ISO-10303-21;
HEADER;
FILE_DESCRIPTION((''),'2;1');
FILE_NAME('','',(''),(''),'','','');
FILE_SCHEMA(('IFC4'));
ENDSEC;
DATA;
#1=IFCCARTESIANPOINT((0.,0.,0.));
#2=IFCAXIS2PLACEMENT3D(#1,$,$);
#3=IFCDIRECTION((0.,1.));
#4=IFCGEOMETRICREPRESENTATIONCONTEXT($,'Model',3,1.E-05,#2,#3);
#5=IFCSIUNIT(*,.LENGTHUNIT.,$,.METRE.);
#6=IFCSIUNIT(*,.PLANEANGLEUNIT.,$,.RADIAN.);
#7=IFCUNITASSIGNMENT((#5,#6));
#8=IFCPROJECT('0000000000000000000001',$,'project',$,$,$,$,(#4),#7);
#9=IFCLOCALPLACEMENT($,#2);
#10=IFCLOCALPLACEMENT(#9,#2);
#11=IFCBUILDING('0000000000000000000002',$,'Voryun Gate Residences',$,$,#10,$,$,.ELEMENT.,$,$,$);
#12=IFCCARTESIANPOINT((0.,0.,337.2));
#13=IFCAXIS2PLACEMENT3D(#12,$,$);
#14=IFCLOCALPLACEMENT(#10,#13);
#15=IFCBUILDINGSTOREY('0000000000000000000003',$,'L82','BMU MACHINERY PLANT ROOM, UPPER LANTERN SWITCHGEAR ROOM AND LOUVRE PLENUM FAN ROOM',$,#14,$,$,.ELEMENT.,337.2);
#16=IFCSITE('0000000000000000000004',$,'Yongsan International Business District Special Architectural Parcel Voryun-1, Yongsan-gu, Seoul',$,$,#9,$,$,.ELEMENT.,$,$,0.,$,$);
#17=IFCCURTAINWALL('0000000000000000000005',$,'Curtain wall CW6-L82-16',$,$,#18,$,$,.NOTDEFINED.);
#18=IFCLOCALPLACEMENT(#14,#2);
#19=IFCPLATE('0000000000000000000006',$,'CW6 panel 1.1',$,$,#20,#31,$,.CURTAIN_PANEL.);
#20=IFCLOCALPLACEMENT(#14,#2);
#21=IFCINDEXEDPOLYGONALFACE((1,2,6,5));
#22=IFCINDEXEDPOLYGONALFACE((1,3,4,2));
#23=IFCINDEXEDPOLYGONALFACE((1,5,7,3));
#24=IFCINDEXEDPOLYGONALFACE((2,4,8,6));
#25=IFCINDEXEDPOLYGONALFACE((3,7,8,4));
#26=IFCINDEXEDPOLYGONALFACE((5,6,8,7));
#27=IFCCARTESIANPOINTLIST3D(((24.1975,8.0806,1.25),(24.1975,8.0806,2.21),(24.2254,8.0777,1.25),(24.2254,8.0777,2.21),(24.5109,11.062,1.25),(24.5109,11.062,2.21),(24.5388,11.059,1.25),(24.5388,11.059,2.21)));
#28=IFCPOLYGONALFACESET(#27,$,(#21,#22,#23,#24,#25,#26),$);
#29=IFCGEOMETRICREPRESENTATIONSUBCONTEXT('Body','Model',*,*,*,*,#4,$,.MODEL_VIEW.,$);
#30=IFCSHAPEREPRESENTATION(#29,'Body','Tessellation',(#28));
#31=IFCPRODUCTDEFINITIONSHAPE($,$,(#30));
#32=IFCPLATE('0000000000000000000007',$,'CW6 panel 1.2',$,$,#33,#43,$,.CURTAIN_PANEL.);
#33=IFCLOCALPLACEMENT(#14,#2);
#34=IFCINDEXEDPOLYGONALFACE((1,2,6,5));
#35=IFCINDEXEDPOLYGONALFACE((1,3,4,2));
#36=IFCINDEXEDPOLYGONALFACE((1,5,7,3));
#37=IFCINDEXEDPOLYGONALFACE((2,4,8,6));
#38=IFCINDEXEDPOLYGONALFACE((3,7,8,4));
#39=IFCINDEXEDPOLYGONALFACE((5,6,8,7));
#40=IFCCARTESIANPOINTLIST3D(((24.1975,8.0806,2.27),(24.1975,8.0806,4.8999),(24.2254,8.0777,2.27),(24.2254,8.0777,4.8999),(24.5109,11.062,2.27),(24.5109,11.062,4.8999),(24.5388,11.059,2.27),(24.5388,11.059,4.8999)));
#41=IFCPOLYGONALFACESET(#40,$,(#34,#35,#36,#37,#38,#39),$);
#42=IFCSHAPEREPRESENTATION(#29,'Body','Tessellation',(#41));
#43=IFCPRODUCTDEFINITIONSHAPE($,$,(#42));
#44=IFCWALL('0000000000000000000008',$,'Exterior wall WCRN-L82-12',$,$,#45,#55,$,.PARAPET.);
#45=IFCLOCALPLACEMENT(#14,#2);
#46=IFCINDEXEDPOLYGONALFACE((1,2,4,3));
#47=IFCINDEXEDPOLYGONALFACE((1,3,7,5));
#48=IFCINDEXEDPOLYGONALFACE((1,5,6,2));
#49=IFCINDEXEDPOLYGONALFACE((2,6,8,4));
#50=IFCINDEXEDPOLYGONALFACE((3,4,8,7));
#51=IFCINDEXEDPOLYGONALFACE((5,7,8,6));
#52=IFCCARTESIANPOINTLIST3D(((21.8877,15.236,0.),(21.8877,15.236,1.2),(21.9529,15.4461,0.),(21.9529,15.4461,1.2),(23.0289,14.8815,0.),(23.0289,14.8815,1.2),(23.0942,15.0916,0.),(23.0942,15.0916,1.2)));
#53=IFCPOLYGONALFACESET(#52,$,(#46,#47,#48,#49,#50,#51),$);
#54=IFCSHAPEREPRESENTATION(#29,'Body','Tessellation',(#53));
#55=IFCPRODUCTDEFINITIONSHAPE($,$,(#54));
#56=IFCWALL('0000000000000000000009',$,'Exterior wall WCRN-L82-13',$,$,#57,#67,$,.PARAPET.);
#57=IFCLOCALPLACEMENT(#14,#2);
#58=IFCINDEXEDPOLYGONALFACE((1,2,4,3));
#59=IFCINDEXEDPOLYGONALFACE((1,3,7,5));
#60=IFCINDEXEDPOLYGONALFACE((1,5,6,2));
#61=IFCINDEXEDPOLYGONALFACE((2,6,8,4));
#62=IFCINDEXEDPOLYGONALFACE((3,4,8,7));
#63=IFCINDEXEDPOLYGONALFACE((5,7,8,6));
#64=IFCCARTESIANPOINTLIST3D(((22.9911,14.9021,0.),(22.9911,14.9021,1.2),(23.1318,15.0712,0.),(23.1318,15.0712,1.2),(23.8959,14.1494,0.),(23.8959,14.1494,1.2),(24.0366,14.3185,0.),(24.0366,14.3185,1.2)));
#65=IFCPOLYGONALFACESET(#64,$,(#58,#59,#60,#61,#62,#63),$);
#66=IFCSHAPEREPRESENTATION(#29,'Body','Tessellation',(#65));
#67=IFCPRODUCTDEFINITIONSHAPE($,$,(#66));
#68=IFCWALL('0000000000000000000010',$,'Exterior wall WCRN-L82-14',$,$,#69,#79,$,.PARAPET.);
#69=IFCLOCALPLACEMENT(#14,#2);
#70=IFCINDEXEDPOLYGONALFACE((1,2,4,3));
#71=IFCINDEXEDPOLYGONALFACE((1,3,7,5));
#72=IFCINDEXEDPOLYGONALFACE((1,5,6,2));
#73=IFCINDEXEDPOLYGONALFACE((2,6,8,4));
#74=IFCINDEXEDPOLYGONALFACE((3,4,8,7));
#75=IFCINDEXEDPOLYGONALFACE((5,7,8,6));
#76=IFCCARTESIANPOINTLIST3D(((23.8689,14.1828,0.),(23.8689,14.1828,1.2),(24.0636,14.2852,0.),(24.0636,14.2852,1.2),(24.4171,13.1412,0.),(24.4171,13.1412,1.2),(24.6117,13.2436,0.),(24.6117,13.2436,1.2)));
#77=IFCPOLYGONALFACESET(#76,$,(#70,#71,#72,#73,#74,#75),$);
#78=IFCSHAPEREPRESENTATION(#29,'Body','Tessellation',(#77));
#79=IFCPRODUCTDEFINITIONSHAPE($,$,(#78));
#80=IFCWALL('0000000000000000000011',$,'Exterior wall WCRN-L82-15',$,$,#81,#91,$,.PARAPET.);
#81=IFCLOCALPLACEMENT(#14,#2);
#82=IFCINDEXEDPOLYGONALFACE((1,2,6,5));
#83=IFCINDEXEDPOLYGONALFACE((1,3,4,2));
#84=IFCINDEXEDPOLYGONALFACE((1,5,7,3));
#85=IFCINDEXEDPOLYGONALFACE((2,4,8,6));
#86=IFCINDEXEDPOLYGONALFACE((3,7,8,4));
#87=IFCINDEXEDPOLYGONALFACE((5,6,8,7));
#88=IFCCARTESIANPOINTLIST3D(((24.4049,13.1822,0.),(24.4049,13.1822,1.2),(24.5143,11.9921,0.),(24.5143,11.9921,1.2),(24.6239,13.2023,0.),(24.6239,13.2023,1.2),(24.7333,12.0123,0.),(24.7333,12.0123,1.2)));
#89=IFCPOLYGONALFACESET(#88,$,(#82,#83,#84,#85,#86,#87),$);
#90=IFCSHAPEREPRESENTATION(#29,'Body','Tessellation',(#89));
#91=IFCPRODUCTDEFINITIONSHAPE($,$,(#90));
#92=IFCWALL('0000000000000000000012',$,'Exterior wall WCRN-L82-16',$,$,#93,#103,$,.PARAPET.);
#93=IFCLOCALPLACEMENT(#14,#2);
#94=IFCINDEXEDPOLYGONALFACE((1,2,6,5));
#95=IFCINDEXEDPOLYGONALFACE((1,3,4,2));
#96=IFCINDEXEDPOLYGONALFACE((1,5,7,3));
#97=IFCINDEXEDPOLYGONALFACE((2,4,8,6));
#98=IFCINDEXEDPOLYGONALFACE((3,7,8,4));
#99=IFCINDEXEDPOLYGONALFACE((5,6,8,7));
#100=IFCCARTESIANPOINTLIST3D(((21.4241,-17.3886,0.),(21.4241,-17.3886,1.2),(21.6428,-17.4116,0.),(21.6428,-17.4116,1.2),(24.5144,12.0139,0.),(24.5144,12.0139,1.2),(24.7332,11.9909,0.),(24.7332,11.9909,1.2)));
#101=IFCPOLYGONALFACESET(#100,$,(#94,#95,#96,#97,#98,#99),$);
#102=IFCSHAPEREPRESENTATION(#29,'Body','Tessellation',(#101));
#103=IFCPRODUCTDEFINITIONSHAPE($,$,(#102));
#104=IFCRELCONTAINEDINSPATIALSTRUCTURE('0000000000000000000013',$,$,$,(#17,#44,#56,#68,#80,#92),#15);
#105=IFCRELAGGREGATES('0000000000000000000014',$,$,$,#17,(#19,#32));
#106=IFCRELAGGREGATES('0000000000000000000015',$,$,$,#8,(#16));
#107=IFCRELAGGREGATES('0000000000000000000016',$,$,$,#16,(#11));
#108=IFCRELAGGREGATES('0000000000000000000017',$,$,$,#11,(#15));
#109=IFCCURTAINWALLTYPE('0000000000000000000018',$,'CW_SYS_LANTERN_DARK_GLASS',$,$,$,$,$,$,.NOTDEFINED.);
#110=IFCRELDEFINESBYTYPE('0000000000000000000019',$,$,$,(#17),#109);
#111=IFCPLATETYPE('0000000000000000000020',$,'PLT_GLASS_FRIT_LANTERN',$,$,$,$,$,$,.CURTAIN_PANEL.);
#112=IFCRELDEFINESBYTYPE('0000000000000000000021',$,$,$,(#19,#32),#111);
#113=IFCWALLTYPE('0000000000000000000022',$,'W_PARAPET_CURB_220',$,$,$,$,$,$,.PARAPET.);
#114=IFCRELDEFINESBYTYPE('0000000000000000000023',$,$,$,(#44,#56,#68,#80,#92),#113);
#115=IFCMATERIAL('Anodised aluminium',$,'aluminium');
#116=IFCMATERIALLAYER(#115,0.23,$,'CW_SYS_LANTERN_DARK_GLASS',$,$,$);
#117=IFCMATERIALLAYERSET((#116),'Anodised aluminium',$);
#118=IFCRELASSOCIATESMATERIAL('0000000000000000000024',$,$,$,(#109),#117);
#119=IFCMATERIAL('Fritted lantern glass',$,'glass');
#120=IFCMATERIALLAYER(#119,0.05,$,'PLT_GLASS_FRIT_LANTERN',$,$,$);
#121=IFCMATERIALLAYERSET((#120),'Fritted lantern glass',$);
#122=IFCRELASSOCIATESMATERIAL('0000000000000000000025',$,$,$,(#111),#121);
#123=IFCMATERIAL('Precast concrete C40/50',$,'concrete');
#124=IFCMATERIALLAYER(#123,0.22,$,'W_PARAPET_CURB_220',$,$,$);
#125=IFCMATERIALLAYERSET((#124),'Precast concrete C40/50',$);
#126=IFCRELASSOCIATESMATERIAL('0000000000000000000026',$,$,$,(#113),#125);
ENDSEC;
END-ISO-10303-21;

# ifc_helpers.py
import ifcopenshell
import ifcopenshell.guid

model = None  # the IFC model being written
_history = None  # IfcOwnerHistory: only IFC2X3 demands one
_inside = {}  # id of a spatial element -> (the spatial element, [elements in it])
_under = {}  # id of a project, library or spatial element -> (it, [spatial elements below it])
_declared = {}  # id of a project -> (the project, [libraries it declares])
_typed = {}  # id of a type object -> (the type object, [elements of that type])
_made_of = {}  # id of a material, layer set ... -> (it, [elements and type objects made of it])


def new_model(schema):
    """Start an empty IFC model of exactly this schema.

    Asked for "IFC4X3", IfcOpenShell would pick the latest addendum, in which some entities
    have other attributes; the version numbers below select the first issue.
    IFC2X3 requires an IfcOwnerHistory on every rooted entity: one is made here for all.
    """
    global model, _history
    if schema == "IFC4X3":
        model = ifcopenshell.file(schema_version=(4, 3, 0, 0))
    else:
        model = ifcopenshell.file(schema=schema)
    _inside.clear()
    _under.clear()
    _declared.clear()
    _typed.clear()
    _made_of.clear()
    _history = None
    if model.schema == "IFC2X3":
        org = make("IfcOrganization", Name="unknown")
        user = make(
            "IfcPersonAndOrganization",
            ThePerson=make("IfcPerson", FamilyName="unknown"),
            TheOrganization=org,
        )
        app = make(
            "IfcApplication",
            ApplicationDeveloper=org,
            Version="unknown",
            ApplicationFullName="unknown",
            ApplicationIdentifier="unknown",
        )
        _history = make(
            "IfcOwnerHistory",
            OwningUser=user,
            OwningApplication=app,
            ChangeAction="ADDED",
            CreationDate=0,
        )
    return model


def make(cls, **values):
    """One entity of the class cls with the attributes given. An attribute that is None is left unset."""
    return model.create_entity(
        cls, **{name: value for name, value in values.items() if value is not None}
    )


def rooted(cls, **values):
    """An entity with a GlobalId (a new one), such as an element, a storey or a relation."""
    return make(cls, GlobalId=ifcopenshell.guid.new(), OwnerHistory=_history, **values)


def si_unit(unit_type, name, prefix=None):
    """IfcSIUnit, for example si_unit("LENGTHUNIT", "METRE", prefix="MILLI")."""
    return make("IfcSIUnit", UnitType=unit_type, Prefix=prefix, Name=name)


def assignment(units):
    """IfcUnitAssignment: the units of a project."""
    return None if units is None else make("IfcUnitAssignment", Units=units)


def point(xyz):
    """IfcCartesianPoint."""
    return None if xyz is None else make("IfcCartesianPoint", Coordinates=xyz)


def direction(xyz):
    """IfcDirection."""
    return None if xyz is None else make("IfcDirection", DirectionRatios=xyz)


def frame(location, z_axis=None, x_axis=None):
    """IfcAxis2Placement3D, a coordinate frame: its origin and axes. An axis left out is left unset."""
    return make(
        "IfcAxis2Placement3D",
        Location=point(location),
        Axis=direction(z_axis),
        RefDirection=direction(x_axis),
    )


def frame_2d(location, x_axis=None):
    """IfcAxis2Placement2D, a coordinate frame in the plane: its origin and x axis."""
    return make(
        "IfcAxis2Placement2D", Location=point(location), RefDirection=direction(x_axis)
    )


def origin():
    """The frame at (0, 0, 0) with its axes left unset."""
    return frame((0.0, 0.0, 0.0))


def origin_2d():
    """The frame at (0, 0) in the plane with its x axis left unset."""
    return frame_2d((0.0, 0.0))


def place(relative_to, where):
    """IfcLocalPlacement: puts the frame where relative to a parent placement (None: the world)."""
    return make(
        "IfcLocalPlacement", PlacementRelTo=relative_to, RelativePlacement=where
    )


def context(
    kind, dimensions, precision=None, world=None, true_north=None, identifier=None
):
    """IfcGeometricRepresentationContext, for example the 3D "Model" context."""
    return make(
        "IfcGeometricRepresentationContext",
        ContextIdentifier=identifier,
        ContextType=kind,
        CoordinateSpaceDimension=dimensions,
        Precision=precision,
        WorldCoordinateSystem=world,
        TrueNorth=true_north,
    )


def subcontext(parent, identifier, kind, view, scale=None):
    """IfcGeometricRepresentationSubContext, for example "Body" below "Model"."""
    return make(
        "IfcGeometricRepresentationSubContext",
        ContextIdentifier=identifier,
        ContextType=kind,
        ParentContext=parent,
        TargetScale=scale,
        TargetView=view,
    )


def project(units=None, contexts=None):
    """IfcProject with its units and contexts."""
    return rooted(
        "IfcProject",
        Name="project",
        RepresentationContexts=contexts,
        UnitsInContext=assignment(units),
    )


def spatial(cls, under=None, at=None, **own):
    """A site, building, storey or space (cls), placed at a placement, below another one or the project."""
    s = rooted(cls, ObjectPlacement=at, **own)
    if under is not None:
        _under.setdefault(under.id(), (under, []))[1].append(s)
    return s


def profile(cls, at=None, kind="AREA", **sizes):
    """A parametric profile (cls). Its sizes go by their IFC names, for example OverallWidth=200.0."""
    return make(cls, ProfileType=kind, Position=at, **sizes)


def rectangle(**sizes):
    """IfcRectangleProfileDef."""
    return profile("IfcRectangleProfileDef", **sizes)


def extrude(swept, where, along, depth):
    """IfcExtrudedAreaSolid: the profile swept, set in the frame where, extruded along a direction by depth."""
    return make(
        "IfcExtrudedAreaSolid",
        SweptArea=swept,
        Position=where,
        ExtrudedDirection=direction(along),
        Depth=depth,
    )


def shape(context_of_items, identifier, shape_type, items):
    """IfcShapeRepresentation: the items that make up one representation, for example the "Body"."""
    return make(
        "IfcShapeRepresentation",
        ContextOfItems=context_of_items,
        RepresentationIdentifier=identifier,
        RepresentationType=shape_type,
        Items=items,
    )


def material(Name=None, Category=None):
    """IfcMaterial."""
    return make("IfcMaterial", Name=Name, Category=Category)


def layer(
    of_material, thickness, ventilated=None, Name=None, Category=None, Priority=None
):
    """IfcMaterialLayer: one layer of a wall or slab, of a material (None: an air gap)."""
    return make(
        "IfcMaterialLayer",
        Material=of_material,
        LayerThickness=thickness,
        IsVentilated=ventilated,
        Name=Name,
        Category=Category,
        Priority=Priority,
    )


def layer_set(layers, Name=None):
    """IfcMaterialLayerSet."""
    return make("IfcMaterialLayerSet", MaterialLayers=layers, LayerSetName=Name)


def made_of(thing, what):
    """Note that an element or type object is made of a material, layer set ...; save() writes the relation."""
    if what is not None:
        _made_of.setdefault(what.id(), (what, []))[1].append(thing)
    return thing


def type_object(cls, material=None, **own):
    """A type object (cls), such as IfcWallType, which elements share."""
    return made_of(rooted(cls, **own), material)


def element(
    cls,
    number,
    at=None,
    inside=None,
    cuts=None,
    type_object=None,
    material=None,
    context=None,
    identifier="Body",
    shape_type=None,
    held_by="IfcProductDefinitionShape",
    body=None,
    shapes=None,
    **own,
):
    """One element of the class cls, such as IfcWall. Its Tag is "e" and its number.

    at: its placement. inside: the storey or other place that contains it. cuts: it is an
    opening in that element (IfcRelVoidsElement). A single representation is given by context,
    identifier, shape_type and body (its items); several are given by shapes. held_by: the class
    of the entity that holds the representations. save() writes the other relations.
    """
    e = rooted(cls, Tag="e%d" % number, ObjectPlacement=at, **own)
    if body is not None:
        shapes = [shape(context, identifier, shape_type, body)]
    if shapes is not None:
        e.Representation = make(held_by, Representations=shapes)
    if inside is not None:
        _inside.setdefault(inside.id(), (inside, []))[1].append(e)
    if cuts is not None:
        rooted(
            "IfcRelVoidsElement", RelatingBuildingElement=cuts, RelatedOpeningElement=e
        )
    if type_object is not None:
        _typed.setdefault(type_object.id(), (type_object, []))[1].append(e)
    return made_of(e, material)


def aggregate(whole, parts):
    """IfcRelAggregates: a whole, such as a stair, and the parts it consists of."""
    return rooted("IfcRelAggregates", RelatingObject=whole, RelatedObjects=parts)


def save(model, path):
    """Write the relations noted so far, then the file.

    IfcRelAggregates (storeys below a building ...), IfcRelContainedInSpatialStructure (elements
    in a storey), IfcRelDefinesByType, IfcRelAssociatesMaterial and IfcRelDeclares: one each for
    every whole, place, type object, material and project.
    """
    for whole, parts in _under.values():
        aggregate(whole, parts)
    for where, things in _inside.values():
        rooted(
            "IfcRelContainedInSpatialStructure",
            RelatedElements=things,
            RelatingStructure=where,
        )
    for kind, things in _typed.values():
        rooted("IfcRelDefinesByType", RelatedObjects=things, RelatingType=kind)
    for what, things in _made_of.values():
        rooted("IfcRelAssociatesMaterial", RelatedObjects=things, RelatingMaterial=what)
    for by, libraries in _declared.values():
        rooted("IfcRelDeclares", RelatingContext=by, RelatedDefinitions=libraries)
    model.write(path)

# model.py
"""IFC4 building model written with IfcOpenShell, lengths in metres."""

from ifc_helpers import new_model, si_unit, direction, frame, frame_2d, origin, origin_2d, place, context, subcontext, project, spatial, rectangle, extrude, material, layer, layer_set, type_object, element, aggregate, save


model = new_model("IFC4")

# Units and contexts
model_context = context("Model", 3, precision=1e-05, world=origin(), true_north=direction((0.0, 1.0)))
body_context = subcontext(model_context, "Body", "Model", "MODEL_VIEW")
ifc_project = project(units=[si_unit("LENGTHUNIT", "METRE"), si_unit("PLANEANGLEUNIT", "RADIAN")], contexts=[model_context])

# Site, building, storey
site_placement = place(None, origin())
site = spatial("IfcSite", under=ifc_project, at=site_placement, Name="Yongsan International Business District Special Architectural Parcel Voryun-1, Yongsan-gu, Seoul", CompositionType="ELEMENT", RefElevation=0.0)
building_placement = place(site_placement, origin())
building = spatial("IfcBuilding", under=site, at=building_placement, Name="Voryun Gate Residences", CompositionType="ELEMENT")
storey_placement = place(building_placement, frame((0.0, 0.0, 337.2)))
storey = spatial("IfcBuildingStorey", under=building, at=storey_placement, Name="L82", Description="BMU MACHINERY PLANT ROOM, UPPER LANTERN SWITCHGEAR ROOM AND LOUVRE PLENUM FAN ROOM", CompositionType="ELEMENT", Elevation=337.2)

# Curtain wall
ifc_material_1 = material(Name="Anodised aluminium", Category="aluminium")
ifc_layer_1 = layer(ifc_material_1, 0.23, Name="CW_SYS_LANTERN_DARK_GLASS")
ifc_layer_set_1 = layer_set([ifc_layer_1], Name="Anodised aluminium")
curtain_wall_type = type_object("IfcCurtainWallType", Name="CW_SYS_LANTERN_DARK_GLASS", PredefinedType="NOTDEFINED", material=ifc_layer_set_1)
curtain_wall_1_placement = place(storey_placement, origin())
curtain_wall_1 = element("IfcCurtainWall", 1, at=curtain_wall_1_placement, inside=storey, type_object=curtain_wall_type, Name="Curtain wall CW6-L82-16", PredefinedType="NOTDEFINED")

# Plates
ifc_material_2 = material(Name="Fritted lantern glass", Category="glass")
ifc_layer_2 = layer(ifc_material_2, 0.05, Name="PLT_GLASS_FRIT_LANTERN")
ifc_layer_set_2 = layer_set([ifc_layer_2], Name="Fritted lantern glass")
plate_type_1 = type_object("IfcPlateType", Name="PLT_GLASS_FRIT_LANTERN", PredefinedType="CURTAIN_PANEL", material=ifc_layer_set_2)
plate_1_placement = place(storey_placement, frame((24.3682, 9.5698, 1.25), z_axis=(0.0, 0.0, 1.0), x_axis=(-0.104528, -0.994522, 0.0)))
plate_1 = element("IfcPlate", 2, at=plate_1_placement, type_object=plate_type_1, Name="CW6 panel 1.1", PredefinedType="CURTAIN_PANEL", context=body_context, shape_type="SweptSolid", body=[
    extrude(rectangle(XDim=2.9978, YDim=0.0281, at=origin_2d()), origin(), (0.0, 0.0, 1.0), 0.96),
])
plate_2_placement = place(storey_placement, frame((24.3682, 9.5698, 2.27), z_axis=(0.0, 0.0, 1.0), x_axis=(-0.104528, -0.994522, 0.0)))
plate_2 = element("IfcPlate", 3, at=plate_2_placement, type_object=plate_type_1, Name="CW6 panel 1.2", PredefinedType="CURTAIN_PANEL", context=body_context, shape_type="SweptSolid", body=[
    extrude(rectangle(XDim=2.9978, YDim=0.0281, at=origin_2d()), origin(), (0.0, 0.0, 1.0), 2.6299),
])
aggregate(curtain_wall_1, [plate_1, plate_2])

# Walls
ifc_material_3 = material(Name="Precast concrete C40/50", Category="concrete")
ifc_layer_3 = layer(ifc_material_3, 0.22, Name="W_PARAPET_CURB_220")
ifc_layer_set_3 = layer_set([ifc_layer_3], Name="Precast concrete C40/50")
wall_type = type_object("IfcWallType", Name="W_PARAPET_CURB_220", PredefinedType="PARAPET", material=ifc_layer_set_3)
wall_1_placement = place(storey_placement, frame((21.9202, 15.3411, 0.0), z_axis=(0.0, 0.0, 1.0), x_axis=(0.954998, -0.296611, 0.0)))
element("IfcWall", 4, at=wall_1_placement, inside=storey, type_object=wall_type, Name="Exterior wall WCRN-L82-12", PredefinedType="PARAPET", context=body_context, shape_type="SweptSolid", body=[
    extrude(rectangle(XDim=1.1951, YDim=0.22, at=frame_2d((0.5977, 0.0))), origin(), (0.0, 0.0, 1.0), 1.2),
])
for number, where, z_axis, x_axis, name in (
    (5, (23.0615, 14.9866, 0.0), (0.0, 0.0, 1.0), (0.768765, -0.639531, 0.0), "Exterior wall WCRN-L82-13"),
    (6, (23.9663, 14.2339, 0.0), (0.0, 0.0, 1.0), (0.465704, -0.884941, 0.0), "Exterior wall WCRN-L82-14"),
):
    element("IfcWall", number, at=place(storey_placement, frame(where, z_axis=z_axis, x_axis=x_axis)), inside=storey, type_object=wall_type, Name=name, PredefinedType="PARAPET", context=body_context, shape_type="SweptSolid", body=[
        extrude(rectangle(XDim=1.177, YDim=0.22, at=frame_2d((0.5884, 0.0))), origin(), (0.0, 0.0, 1.0), 1.2),
    ])
wall_2_placement = place(storey_placement, frame((24.5144, 13.1924, 0.0), z_axis=(0.0, 0.0, 1.0), x_axis=(0.09153, -0.995802, 0.0)))
element("IfcWall", 7, at=wall_2_placement, inside=storey, type_object=wall_type, Name="Exterior wall WCRN-L82-15", PredefinedType="PARAPET", context=body_context, shape_type="SweptSolid", body=[
    extrude(rectangle(XDim=1.1951, YDim=0.22, at=frame_2d((0.5977, 0.0))), origin(), (0.0, 0.0, 1.0), 1.2),
])
wall_3_placement = place(storey_placement, frame((24.6238, 12.0024, 0.0), z_axis=(0.0, 0.0, 1.0), x_axis=(-0.104528, -0.994522, 0.0)))
element("IfcWall", 8, at=wall_3_placement, inside=storey, type_object=wall_type, Name="Exterior wall WCRN-L82-16", PredefinedType="PARAPET", context=body_context, shape_type="SweptSolid", body=[
    extrude(rectangle(XDim=29.5645, YDim=0.22, at=frame_2d((14.7822, 0.0))), origin(), (0.0, 0.0, 1.0), 1.2),
])

save(model, "model.ifc")
